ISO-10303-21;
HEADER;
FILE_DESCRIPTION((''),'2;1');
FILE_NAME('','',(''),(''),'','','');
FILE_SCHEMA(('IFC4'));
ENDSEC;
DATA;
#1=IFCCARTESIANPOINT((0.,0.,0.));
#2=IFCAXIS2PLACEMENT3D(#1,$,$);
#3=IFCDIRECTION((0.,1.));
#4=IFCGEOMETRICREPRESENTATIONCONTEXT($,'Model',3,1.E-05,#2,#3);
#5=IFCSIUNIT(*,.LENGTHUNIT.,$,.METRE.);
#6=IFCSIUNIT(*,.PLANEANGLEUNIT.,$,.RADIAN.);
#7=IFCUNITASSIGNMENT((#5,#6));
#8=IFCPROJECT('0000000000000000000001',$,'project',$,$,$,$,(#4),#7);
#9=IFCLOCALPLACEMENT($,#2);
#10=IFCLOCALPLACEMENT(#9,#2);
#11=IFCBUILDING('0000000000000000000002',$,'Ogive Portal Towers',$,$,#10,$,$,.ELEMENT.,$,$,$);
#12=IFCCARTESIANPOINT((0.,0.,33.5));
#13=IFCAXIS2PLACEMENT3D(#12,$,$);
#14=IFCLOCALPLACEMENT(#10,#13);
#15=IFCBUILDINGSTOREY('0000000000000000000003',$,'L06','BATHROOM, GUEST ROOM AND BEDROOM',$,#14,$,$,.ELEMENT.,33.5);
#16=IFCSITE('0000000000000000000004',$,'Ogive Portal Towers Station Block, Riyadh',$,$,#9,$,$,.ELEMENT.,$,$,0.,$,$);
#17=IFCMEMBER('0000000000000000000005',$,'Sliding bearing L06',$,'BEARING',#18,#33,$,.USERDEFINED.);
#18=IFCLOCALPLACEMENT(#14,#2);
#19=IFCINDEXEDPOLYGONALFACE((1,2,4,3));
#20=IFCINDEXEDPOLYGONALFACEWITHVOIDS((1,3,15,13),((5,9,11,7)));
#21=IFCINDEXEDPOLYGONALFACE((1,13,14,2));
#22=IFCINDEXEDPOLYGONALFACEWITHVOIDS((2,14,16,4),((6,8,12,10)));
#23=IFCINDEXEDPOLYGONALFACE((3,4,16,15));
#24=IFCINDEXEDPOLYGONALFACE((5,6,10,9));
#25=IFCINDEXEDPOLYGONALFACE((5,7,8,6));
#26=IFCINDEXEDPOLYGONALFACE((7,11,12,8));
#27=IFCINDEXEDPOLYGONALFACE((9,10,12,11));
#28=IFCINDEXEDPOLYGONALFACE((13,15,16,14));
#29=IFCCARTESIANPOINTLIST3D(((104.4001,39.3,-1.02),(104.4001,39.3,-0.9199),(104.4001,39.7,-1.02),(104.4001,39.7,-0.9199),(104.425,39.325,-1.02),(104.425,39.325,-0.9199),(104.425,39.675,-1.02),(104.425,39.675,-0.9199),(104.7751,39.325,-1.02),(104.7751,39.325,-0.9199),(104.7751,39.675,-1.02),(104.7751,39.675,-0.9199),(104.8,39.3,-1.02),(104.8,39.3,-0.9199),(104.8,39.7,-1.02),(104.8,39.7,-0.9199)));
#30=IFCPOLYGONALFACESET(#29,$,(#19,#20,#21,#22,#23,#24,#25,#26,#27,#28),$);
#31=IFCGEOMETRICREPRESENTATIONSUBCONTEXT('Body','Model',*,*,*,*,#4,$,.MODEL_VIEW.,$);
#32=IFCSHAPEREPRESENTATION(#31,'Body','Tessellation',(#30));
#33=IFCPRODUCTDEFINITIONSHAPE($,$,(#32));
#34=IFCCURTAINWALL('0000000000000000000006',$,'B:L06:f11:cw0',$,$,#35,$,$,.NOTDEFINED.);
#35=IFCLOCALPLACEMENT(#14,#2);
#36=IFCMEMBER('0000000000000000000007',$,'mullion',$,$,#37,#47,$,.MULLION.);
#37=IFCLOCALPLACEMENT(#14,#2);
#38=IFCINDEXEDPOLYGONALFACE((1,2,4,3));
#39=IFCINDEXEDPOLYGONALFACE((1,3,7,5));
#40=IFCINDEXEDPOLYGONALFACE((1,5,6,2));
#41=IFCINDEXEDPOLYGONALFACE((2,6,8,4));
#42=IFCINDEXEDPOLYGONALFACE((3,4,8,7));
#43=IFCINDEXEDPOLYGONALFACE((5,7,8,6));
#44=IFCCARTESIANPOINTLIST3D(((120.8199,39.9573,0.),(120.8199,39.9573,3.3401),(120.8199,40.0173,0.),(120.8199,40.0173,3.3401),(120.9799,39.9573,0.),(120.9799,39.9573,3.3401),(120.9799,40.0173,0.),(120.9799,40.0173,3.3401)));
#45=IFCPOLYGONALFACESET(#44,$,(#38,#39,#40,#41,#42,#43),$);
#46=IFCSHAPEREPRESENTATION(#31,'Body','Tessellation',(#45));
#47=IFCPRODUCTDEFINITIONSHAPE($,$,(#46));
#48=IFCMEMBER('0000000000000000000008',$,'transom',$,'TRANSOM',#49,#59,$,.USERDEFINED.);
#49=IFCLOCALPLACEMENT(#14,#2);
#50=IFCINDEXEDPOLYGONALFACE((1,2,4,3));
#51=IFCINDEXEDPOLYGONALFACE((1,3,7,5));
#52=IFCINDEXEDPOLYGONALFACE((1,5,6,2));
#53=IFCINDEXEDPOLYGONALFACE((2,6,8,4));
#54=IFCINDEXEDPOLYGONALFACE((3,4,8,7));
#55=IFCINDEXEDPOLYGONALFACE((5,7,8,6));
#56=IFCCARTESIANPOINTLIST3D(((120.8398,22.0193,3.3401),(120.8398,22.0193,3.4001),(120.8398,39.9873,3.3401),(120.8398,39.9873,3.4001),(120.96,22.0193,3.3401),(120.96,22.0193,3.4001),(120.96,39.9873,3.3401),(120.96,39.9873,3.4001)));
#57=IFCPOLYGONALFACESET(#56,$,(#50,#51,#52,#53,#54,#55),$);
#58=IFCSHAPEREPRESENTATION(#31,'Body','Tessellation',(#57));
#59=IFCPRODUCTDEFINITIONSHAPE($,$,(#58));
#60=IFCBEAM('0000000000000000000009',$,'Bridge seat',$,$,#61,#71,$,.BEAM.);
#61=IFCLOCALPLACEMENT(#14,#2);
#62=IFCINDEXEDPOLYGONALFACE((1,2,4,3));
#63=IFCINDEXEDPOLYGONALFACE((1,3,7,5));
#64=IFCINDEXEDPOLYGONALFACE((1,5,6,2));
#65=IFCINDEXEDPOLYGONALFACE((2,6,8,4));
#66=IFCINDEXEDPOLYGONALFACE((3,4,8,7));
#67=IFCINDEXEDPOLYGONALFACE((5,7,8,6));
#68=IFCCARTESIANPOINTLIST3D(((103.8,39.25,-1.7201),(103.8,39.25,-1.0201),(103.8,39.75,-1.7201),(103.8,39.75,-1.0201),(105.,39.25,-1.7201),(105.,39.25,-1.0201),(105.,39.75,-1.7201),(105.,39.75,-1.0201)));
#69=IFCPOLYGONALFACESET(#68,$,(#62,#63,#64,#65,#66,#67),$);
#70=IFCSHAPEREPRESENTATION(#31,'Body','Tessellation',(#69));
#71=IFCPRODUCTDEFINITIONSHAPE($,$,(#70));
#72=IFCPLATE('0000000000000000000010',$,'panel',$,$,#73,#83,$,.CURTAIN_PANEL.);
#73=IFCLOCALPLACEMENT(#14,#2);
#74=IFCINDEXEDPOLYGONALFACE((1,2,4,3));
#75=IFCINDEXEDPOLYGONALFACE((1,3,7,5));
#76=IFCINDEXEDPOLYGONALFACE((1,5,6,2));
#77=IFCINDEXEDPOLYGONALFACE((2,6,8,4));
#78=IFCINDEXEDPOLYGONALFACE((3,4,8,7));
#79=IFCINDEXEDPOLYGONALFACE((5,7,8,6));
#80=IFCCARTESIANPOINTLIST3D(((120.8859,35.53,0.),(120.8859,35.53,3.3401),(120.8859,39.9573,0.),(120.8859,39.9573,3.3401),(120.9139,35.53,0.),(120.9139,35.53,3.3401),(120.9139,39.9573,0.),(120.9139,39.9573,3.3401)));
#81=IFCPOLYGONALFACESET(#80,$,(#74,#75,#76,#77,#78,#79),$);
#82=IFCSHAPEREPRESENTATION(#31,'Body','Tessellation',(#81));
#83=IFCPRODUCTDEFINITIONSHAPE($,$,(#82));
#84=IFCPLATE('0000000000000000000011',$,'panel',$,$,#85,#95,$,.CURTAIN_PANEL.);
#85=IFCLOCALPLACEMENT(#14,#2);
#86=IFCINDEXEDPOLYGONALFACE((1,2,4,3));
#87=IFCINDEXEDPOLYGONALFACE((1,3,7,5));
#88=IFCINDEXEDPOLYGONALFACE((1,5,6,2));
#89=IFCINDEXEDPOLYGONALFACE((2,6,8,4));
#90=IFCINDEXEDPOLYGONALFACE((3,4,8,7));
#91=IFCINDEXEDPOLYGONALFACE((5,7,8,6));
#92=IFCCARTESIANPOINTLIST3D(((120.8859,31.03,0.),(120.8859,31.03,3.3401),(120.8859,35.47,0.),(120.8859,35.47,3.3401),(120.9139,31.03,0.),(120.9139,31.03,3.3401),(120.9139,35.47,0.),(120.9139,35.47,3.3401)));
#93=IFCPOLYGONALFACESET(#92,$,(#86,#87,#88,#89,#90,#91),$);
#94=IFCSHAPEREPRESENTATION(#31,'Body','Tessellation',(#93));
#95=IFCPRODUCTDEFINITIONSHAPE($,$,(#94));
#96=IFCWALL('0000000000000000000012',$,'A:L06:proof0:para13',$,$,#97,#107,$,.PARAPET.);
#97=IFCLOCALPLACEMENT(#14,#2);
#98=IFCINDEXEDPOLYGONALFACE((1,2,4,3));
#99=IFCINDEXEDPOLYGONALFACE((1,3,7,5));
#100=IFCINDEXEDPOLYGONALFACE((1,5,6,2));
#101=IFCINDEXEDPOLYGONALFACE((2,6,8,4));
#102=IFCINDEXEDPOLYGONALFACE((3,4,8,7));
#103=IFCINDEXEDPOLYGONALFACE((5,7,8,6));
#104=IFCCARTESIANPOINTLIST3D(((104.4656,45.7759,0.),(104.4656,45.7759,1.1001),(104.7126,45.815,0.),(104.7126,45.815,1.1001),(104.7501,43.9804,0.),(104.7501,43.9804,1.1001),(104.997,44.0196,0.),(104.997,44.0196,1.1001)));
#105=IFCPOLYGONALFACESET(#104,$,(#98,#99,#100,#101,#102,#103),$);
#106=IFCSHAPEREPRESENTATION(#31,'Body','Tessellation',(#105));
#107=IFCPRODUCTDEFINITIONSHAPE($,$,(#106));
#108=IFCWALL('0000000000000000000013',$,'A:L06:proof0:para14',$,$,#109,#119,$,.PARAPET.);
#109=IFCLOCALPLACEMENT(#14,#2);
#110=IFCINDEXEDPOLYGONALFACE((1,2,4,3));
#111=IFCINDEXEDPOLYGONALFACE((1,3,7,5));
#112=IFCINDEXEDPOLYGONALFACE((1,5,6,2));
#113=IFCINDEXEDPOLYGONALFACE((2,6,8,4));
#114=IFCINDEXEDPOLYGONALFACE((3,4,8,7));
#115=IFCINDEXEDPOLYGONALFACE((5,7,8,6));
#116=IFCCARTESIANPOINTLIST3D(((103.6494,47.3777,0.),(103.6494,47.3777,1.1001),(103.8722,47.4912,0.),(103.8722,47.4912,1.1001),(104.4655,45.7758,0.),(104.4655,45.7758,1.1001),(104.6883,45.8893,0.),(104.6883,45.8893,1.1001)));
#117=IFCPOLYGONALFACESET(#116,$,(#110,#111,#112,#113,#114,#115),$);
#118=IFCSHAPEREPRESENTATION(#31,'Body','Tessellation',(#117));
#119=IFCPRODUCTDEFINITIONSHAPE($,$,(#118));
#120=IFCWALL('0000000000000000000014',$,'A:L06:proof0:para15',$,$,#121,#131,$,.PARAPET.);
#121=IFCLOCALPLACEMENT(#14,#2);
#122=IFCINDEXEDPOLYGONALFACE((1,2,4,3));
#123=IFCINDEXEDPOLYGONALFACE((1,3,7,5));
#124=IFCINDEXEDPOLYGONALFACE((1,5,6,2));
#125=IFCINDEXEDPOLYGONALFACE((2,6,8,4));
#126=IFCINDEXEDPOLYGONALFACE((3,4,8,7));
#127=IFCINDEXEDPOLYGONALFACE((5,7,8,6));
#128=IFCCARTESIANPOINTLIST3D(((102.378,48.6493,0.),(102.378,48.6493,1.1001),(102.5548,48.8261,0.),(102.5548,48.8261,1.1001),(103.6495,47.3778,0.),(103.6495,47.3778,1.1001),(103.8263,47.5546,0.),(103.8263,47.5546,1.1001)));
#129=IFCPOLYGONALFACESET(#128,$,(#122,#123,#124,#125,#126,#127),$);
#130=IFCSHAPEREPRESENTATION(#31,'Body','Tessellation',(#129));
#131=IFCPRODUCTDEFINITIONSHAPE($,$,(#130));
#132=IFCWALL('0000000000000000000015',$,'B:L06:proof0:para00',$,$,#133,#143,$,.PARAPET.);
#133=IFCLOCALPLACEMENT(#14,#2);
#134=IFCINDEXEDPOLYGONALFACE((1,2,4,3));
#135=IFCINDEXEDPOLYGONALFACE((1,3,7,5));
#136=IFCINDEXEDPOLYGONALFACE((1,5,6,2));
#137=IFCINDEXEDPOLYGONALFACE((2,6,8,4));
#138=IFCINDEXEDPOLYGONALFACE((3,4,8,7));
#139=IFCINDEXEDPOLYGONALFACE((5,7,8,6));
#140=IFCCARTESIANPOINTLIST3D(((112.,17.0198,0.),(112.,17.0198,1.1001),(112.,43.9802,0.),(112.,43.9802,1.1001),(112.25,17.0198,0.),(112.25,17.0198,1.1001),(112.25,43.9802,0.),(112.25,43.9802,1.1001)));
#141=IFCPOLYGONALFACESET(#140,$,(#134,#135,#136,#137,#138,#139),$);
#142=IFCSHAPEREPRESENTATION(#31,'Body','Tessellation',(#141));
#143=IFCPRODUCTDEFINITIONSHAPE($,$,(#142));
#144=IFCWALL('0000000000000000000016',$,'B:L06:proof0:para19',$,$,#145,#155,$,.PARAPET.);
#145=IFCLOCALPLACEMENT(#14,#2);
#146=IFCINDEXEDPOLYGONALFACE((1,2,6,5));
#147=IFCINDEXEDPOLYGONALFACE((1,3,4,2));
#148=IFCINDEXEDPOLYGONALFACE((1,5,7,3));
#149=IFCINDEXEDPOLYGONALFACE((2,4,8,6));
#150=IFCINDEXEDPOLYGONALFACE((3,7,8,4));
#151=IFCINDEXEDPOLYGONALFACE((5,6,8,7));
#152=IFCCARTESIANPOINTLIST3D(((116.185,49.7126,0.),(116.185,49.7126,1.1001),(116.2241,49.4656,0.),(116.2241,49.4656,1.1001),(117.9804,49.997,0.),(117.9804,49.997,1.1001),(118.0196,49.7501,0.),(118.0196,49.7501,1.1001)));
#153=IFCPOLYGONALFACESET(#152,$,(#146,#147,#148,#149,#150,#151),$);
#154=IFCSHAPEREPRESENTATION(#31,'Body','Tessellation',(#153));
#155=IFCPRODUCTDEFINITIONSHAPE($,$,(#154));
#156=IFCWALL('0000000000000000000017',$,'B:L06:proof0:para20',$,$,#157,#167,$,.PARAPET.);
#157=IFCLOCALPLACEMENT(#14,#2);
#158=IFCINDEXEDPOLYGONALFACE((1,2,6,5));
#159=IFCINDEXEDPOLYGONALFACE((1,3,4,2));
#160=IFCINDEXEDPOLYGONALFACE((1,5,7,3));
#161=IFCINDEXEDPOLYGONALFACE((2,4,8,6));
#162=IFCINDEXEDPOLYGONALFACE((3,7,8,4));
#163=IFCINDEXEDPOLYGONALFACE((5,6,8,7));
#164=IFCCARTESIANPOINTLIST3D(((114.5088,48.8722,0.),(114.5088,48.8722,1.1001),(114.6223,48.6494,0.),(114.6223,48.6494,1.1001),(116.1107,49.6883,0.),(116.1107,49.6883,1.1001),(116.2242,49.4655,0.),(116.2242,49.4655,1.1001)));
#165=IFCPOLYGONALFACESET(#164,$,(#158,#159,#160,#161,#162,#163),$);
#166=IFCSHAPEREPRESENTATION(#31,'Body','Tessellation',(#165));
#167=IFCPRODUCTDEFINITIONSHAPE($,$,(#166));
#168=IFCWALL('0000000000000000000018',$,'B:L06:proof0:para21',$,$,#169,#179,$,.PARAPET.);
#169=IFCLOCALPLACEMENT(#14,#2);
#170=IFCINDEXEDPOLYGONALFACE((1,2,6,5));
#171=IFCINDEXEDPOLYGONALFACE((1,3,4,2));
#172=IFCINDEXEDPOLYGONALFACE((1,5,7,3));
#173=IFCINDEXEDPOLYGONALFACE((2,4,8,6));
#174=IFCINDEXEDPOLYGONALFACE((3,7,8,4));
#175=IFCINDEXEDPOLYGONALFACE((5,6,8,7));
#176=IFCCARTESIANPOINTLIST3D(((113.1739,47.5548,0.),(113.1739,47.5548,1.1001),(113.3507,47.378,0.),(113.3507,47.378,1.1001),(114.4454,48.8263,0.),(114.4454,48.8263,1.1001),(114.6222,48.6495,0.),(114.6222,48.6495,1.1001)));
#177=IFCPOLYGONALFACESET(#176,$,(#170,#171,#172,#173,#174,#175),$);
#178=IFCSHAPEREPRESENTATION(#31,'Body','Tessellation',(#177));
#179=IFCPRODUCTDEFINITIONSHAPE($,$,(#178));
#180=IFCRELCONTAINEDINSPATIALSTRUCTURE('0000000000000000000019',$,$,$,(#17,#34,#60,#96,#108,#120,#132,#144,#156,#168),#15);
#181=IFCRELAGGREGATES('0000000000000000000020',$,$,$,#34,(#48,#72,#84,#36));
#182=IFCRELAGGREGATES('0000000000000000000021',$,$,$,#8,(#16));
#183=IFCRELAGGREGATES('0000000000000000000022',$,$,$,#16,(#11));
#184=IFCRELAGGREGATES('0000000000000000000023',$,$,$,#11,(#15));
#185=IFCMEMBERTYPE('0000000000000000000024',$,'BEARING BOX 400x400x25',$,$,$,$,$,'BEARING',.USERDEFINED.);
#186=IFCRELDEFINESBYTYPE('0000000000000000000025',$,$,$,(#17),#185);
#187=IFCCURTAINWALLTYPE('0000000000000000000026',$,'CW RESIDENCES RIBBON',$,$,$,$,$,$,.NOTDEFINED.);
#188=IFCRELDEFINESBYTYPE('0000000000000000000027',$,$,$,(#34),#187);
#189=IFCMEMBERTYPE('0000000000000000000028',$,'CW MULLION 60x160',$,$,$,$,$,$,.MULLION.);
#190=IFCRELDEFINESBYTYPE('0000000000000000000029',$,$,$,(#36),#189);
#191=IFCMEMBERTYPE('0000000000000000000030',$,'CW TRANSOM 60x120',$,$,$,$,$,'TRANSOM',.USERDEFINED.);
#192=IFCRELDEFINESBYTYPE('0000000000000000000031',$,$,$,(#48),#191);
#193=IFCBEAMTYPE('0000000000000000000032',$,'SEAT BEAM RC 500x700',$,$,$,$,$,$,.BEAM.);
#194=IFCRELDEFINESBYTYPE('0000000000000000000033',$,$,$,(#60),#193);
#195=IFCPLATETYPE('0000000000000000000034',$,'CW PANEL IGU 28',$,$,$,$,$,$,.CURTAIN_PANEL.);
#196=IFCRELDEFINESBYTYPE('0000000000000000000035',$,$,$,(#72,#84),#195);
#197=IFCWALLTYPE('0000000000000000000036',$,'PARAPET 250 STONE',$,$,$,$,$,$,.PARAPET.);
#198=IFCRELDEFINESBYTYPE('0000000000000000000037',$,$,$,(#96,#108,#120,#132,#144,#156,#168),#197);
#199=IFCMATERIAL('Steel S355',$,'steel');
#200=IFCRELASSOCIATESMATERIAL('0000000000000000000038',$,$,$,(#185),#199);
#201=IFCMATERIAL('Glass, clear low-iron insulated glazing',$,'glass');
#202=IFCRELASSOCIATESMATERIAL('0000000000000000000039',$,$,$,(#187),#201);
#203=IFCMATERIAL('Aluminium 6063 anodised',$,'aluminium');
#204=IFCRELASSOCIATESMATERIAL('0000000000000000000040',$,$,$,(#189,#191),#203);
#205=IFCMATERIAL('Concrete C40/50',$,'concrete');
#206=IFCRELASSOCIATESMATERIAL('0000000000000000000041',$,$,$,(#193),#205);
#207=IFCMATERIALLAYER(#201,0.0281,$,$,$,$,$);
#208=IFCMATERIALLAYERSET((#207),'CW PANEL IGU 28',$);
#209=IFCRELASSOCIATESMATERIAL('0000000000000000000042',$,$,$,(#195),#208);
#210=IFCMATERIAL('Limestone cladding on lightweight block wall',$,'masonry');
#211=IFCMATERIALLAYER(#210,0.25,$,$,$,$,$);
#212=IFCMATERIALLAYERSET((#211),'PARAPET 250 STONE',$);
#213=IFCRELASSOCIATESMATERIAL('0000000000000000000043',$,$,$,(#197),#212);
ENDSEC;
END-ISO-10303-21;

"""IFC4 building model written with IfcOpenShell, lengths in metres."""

from ifc_helpers import new_model, si_unit, direction, frame, frame_2d, origin, origin_2d, place, context, subcontext, project, spatial, rectangle, hollow_rectangle, extrude, material, layer, layer_set, material_profile, profile_set, type_object, element, aggregate, save


model = new_model("IFC4")

# Units and contexts
model_context = context("Model", 3, precision=1e-05, world=origin(), true_north=direction((0.0, 1.0)))
body_context = subcontext(model_context, "Body", "Model", "MODEL_VIEW")
ifc_project = project(units=[si_unit("LENGTHUNIT", "METRE"), si_unit("PLANEANGLEUNIT", "RADIAN")], contexts=[model_context])

# Site, building, storey
site_placement = place(None, origin())
site = spatial("IfcSite", under=ifc_project, at=site_placement, Name="Ogive Portal Towers Station Block, Riyadh", CompositionType="ELEMENT", RefElevation=0.0)
building_placement = place(site_placement, origin())
building = spatial("IfcBuilding", under=site, at=building_placement, Name="Ogive Portal Towers", CompositionType="ELEMENT")
storey_placement = place(building_placement, frame((0.0, 0.0, 33.5)))
storey = spatial("IfcBuildingStorey", under=building, at=storey_placement, Name="L06", Description="BATHROOM, GUEST ROOM AND BEDROOM", CompositionType="ELEMENT", Elevation=33.5)

# Member
ifc_material_1 = material(Name="Steel S355", Category="steel")
ifc_material_profile_1 = material_profile(ifc_material_1, hollow_rectangle(XDim=0.3999, YDim=0.3999, WallThickness=0.0249, at=origin_2d()), Name="BOX 400x400x25")
ifc_profile_set_1 = profile_set([ifc_material_profile_1], Name="Steel S355")
member_type_1 = type_object("IfcMemberType", Name="BEARING BOX 400x400x25", ElementType="BEARING", PredefinedType="USERDEFINED", material=ifc_profile_set_1)
member_1_placement = place(storey_placement, frame((104.6001, 39.5, -1.02), z_axis=(0.0, 0.0, 1.0), x_axis=(1.0, 0.0, 0.0)))
element("IfcMember", 1, at=member_1_placement, inside=storey, type_object=member_type_1, Name="Sliding bearing L06", ObjectType="BEARING", PredefinedType="USERDEFINED", context=body_context, shape_type="SweptSolid", body=[
    extrude(hollow_rectangle(XDim=0.3999, YDim=0.3999, WallThickness=0.0249, at=origin_2d()), origin(), (0.0, 0.0, 1.0), 0.1001),
])

# Curtain wall, members
ifc_material_2 = material(Name="Glass, clear low-iron insulated glazing", Category="glass")
curtain_wall_type = type_object("IfcCurtainWallType", Name="CW RESIDENCES RIBBON", PredefinedType="NOTDEFINED", material=ifc_material_2)
curtain_wall_placement = place(storey_placement, origin())
curtain_wall = element("IfcCurtainWall", 2, at=curtain_wall_placement, inside=storey, type_object=curtain_wall_type, Name="B:L06:f11:cw0", PredefinedType="NOTDEFINED")
ifc_material_3 = material(Name="Aluminium 6063 anodised", Category="aluminium")
ifc_material_profile_2 = material_profile(ifc_material_3, rectangle(XDim=0.1599, YDim=0.0601, at=origin_2d()), Name="AL 60x160")
ifc_profile_set_2 = profile_set([ifc_material_profile_2], Name="Aluminium 6063 anodised")
member_type_2 = type_object("IfcMemberType", Name="CW MULLION 60x160", PredefinedType="MULLION", material=ifc_profile_set_2)
member_2_placement = place(storey_placement, frame((120.8999, 39.9873, 0.0), z_axis=(0.0, 0.0, 1.0), x_axis=(1.0, 0.0, 0.0)))
member_2 = element("IfcMember", 3, at=member_2_placement, type_object=member_type_2, Name="mullion", PredefinedType="MULLION", context=body_context, shape_type="SweptSolid", body=[
    extrude(rectangle(XDim=0.1599, YDim=0.0601, at=origin_2d()), origin(), (0.0, 0.0, 1.0), 3.3401),
])
ifc_material_profile_3 = material_profile(ifc_material_3, rectangle(XDim=0.1201, YDim=0.0601, at=origin_2d()), Name="AL 120x60")
ifc_profile_set_3 = profile_set([ifc_material_profile_3], Name="Aluminium 6063 anodised")
member_type_3 = type_object("IfcMemberType", Name="CW TRANSOM 60x120", ElementType="TRANSOM", PredefinedType="USERDEFINED", material=ifc_profile_set_3)
member_3_placement = place(storey_placement, frame((120.8999, 39.9873, 3.3701), z_axis=(0.0, -1.0, 0.0), x_axis=(1.0, 0.0, 0.0)))
member_3 = element("IfcMember", 4, at=member_3_placement, type_object=member_type_3, Name="transom", ObjectType="TRANSOM", PredefinedType="USERDEFINED", context=body_context, shape_type="SweptSolid", body=[
    extrude(rectangle(XDim=0.1201, YDim=0.0601, at=origin_2d()), origin(), (0.0, 0.0, 1.0), 17.968),
])

# Beam
ifc_material_4 = material(Name="Concrete C40/50", Category="concrete")
ifc_material_profile_4 = material_profile(ifc_material_4, rectangle(XDim=0.5, YDim=0.7, at=origin_2d()), Name="RC 500x700")
ifc_profile_set_4 = profile_set([ifc_material_profile_4], Name="Concrete C40/50")
beam_type = type_object("IfcBeamType", Name="SEAT BEAM RC 500x700", PredefinedType="BEAM", material=ifc_profile_set_4)
beam_placement = place(storey_placement, frame((103.8, 39.5, -1.3701), z_axis=(1.0, 0.0, 0.0), x_axis=(0.0, 1.0, 0.0)))
element("IfcBeam", 5, at=beam_placement, inside=storey, type_object=beam_type, Name="Bridge seat", PredefinedType="BEAM", context=body_context, shape_type="SweptSolid", body=[
    extrude(rectangle(XDim=0.5, YDim=0.7, at=origin_2d()), origin(), (0.0, 0.0, 1.0), 1.2),
])

# Plates
ifc_layer_1 = layer(ifc_material_2, 0.0281)
ifc_layer_set_1 = layer_set([ifc_layer_1], Name="CW PANEL IGU 28")
plate_type = type_object("IfcPlateType", Name="CW PANEL IGU 28", PredefinedType="CURTAIN_PANEL", material=ifc_layer_set_1)
plate_1_placement = place(storey_placement, frame((120.8999, 37.7437, 0.0), z_axis=(0.0, 0.0, 1.0), x_axis=(0.0, -1.0, 0.0)))
plate_1 = element("IfcPlate", 6, at=plate_1_placement, type_object=plate_type, Name="panel", PredefinedType="CURTAIN_PANEL", context=body_context, shape_type="SweptSolid", body=[
    extrude(rectangle(XDim=4.4272, YDim=0.0281, at=origin_2d()), origin(), (0.0, 0.0, 1.0), 3.3401),
])
plate_2_placement = place(storey_placement, frame((120.8999, 33.25, 0.0), z_axis=(0.0, 0.0, 1.0), x_axis=(0.0, -1.0, 0.0)))
plate_2 = element("IfcPlate", 7, at=plate_2_placement, type_object=plate_type, Name="panel", PredefinedType="CURTAIN_PANEL", context=body_context, shape_type="SweptSolid", body=[
    extrude(rectangle(XDim=4.4399, YDim=0.0281, at=origin_2d()), origin(), (0.0, 0.0, 1.0), 3.3401),
])
aggregate(curtain_wall, [member_3, plate_1, plate_2, member_2])

# Walls
ifc_material_5 = material(Name="Limestone cladding on lightweight block wall", Category="masonry")
ifc_layer_2 = layer(ifc_material_5, 0.25)
ifc_layer_set_2 = layer_set([ifc_layer_2], Name="PARAPET 250 STONE")
wall_type_1 = type_object("IfcWallType", Name="PARAPET 250 STONE", PredefinedType="PARAPET", material=ifc_layer_set_2)
wall_1_placement = place(storey_placement, frame((104.8735, 44.0, 0.0), z_axis=(0.0, 0.0, 1.0), x_axis=(-0.156466, 0.987683, 0.0)))
element("IfcWall", 8, at=wall_1_placement, inside=storey, type_object=wall_type_1, Name="A:L06:proof0:para13", PredefinedType="PARAPET", context=body_context, shape_type="SweptSolid", body=[
    extrude(rectangle(XDim=1.8179, YDim=0.25, at=frame_2d((0.9089, 0.0))), origin(), (0.0, 0.0, 1.0), 1.1001),
])
wall_2_placement = place(storey_placement, frame((104.5769, 45.8325, 0.0), z_axis=(0.0, 0.0, 1.0), x_axis=(-0.453936, 0.891034, 0.0)))
element("IfcWall", 9, at=wall_2_placement, inside=storey, type_object=wall_type_1, Name="A:L06:proof0:para14", PredefinedType="PARAPET", context=body_context, shape_type="SweptSolid", body=[
    extrude(rectangle(XDim=1.7979, YDim=0.25, at=frame_2d((0.8989, 0.0))), origin(), (0.0, 0.0, 1.0), 1.1001),
])
wall_3_placement = place(storey_placement, frame((103.7378, 47.4663, 0.0), z_axis=(0.0, 0.0, 1.0), x_axis=(-0.707107, 0.707107, 0.0)))
element("IfcWall", 10, at=wall_3_placement, inside=storey, type_object=wall_type_1, Name="A:L06:proof0:para15", PredefinedType="PARAPET", context=body_context, shape_type="SweptSolid", body=[
    extrude(rectangle(XDim=1.7981, YDim=0.25, at=frame_2d((0.8989, 0.0))), origin(), (0.0, 0.0, 1.0), 1.1001),
])
wall_4_placement = place(storey_placement, frame((112.125, 43.9802, 0.0), z_axis=(0.0, 0.0, 1.0), x_axis=(0.0, -1.0, 0.0)))
element("IfcWall", 11, at=wall_4_placement, inside=storey, type_object=wall_type_1, Name="B:L06:proof0:para00", PredefinedType="PARAPET", context=body_context, shape_type="SweptSolid", body=[
    extrude(rectangle(XDim=26.9604, YDim=0.25, at=frame_2d((13.4802, 0.0))), origin(), (0.0, 0.0, 1.0), 1.1001),
])
wall_5_placement = place(storey_placement, frame((118.0, 49.8735, 0.0), z_axis=(0.0, 0.0, 1.0), x_axis=(-0.987683, -0.156466, 0.0)))
element("IfcWall", 12, at=wall_5_placement, inside=storey, type_object=wall_type_1, Name="B:L06:proof0:para19", PredefinedType="PARAPET", context=body_context, shape_type="SweptSolid", body=[
    extrude(rectangle(XDim=1.8179, YDim=0.25, at=frame_2d((0.9089, 0.0))), origin(), (0.0, 0.0, 1.0), 1.1001),
])
wall_6_placement = place(storey_placement, frame((116.1675, 49.5769, 0.0), z_axis=(0.0, 0.0, 1.0), x_axis=(-0.891034, -0.453936, 0.0)))
element("IfcWall", 13, at=wall_6_placement, inside=storey, type_object=wall_type_1, Name="B:L06:proof0:para20", PredefinedType="PARAPET", context=body_context, shape_type="SweptSolid", body=[
    extrude(rectangle(XDim=1.7979, YDim=0.25, at=frame_2d((0.8989, 0.0))), origin(), (0.0, 0.0, 1.0), 1.1001),
])
wall_7_placement = place(storey_placement, frame((114.5337, 48.7378, 0.0), z_axis=(0.0, 0.0, 1.0), x_axis=(-0.707107, -0.707107, 0.0)))
element("IfcWall", 14, at=wall_7_placement, inside=storey, type_object=wall_type_1, Name="B:L06:proof0:para21", PredefinedType="PARAPET", context=body_context, shape_type="SweptSolid", body=[
    extrude(rectangle(XDim=1.7981, YDim=0.25, at=frame_2d((0.8989, 0.0))), origin(), (0.0, 0.0, 1.0), 1.1001),
])

save(model, "model.ifc")
